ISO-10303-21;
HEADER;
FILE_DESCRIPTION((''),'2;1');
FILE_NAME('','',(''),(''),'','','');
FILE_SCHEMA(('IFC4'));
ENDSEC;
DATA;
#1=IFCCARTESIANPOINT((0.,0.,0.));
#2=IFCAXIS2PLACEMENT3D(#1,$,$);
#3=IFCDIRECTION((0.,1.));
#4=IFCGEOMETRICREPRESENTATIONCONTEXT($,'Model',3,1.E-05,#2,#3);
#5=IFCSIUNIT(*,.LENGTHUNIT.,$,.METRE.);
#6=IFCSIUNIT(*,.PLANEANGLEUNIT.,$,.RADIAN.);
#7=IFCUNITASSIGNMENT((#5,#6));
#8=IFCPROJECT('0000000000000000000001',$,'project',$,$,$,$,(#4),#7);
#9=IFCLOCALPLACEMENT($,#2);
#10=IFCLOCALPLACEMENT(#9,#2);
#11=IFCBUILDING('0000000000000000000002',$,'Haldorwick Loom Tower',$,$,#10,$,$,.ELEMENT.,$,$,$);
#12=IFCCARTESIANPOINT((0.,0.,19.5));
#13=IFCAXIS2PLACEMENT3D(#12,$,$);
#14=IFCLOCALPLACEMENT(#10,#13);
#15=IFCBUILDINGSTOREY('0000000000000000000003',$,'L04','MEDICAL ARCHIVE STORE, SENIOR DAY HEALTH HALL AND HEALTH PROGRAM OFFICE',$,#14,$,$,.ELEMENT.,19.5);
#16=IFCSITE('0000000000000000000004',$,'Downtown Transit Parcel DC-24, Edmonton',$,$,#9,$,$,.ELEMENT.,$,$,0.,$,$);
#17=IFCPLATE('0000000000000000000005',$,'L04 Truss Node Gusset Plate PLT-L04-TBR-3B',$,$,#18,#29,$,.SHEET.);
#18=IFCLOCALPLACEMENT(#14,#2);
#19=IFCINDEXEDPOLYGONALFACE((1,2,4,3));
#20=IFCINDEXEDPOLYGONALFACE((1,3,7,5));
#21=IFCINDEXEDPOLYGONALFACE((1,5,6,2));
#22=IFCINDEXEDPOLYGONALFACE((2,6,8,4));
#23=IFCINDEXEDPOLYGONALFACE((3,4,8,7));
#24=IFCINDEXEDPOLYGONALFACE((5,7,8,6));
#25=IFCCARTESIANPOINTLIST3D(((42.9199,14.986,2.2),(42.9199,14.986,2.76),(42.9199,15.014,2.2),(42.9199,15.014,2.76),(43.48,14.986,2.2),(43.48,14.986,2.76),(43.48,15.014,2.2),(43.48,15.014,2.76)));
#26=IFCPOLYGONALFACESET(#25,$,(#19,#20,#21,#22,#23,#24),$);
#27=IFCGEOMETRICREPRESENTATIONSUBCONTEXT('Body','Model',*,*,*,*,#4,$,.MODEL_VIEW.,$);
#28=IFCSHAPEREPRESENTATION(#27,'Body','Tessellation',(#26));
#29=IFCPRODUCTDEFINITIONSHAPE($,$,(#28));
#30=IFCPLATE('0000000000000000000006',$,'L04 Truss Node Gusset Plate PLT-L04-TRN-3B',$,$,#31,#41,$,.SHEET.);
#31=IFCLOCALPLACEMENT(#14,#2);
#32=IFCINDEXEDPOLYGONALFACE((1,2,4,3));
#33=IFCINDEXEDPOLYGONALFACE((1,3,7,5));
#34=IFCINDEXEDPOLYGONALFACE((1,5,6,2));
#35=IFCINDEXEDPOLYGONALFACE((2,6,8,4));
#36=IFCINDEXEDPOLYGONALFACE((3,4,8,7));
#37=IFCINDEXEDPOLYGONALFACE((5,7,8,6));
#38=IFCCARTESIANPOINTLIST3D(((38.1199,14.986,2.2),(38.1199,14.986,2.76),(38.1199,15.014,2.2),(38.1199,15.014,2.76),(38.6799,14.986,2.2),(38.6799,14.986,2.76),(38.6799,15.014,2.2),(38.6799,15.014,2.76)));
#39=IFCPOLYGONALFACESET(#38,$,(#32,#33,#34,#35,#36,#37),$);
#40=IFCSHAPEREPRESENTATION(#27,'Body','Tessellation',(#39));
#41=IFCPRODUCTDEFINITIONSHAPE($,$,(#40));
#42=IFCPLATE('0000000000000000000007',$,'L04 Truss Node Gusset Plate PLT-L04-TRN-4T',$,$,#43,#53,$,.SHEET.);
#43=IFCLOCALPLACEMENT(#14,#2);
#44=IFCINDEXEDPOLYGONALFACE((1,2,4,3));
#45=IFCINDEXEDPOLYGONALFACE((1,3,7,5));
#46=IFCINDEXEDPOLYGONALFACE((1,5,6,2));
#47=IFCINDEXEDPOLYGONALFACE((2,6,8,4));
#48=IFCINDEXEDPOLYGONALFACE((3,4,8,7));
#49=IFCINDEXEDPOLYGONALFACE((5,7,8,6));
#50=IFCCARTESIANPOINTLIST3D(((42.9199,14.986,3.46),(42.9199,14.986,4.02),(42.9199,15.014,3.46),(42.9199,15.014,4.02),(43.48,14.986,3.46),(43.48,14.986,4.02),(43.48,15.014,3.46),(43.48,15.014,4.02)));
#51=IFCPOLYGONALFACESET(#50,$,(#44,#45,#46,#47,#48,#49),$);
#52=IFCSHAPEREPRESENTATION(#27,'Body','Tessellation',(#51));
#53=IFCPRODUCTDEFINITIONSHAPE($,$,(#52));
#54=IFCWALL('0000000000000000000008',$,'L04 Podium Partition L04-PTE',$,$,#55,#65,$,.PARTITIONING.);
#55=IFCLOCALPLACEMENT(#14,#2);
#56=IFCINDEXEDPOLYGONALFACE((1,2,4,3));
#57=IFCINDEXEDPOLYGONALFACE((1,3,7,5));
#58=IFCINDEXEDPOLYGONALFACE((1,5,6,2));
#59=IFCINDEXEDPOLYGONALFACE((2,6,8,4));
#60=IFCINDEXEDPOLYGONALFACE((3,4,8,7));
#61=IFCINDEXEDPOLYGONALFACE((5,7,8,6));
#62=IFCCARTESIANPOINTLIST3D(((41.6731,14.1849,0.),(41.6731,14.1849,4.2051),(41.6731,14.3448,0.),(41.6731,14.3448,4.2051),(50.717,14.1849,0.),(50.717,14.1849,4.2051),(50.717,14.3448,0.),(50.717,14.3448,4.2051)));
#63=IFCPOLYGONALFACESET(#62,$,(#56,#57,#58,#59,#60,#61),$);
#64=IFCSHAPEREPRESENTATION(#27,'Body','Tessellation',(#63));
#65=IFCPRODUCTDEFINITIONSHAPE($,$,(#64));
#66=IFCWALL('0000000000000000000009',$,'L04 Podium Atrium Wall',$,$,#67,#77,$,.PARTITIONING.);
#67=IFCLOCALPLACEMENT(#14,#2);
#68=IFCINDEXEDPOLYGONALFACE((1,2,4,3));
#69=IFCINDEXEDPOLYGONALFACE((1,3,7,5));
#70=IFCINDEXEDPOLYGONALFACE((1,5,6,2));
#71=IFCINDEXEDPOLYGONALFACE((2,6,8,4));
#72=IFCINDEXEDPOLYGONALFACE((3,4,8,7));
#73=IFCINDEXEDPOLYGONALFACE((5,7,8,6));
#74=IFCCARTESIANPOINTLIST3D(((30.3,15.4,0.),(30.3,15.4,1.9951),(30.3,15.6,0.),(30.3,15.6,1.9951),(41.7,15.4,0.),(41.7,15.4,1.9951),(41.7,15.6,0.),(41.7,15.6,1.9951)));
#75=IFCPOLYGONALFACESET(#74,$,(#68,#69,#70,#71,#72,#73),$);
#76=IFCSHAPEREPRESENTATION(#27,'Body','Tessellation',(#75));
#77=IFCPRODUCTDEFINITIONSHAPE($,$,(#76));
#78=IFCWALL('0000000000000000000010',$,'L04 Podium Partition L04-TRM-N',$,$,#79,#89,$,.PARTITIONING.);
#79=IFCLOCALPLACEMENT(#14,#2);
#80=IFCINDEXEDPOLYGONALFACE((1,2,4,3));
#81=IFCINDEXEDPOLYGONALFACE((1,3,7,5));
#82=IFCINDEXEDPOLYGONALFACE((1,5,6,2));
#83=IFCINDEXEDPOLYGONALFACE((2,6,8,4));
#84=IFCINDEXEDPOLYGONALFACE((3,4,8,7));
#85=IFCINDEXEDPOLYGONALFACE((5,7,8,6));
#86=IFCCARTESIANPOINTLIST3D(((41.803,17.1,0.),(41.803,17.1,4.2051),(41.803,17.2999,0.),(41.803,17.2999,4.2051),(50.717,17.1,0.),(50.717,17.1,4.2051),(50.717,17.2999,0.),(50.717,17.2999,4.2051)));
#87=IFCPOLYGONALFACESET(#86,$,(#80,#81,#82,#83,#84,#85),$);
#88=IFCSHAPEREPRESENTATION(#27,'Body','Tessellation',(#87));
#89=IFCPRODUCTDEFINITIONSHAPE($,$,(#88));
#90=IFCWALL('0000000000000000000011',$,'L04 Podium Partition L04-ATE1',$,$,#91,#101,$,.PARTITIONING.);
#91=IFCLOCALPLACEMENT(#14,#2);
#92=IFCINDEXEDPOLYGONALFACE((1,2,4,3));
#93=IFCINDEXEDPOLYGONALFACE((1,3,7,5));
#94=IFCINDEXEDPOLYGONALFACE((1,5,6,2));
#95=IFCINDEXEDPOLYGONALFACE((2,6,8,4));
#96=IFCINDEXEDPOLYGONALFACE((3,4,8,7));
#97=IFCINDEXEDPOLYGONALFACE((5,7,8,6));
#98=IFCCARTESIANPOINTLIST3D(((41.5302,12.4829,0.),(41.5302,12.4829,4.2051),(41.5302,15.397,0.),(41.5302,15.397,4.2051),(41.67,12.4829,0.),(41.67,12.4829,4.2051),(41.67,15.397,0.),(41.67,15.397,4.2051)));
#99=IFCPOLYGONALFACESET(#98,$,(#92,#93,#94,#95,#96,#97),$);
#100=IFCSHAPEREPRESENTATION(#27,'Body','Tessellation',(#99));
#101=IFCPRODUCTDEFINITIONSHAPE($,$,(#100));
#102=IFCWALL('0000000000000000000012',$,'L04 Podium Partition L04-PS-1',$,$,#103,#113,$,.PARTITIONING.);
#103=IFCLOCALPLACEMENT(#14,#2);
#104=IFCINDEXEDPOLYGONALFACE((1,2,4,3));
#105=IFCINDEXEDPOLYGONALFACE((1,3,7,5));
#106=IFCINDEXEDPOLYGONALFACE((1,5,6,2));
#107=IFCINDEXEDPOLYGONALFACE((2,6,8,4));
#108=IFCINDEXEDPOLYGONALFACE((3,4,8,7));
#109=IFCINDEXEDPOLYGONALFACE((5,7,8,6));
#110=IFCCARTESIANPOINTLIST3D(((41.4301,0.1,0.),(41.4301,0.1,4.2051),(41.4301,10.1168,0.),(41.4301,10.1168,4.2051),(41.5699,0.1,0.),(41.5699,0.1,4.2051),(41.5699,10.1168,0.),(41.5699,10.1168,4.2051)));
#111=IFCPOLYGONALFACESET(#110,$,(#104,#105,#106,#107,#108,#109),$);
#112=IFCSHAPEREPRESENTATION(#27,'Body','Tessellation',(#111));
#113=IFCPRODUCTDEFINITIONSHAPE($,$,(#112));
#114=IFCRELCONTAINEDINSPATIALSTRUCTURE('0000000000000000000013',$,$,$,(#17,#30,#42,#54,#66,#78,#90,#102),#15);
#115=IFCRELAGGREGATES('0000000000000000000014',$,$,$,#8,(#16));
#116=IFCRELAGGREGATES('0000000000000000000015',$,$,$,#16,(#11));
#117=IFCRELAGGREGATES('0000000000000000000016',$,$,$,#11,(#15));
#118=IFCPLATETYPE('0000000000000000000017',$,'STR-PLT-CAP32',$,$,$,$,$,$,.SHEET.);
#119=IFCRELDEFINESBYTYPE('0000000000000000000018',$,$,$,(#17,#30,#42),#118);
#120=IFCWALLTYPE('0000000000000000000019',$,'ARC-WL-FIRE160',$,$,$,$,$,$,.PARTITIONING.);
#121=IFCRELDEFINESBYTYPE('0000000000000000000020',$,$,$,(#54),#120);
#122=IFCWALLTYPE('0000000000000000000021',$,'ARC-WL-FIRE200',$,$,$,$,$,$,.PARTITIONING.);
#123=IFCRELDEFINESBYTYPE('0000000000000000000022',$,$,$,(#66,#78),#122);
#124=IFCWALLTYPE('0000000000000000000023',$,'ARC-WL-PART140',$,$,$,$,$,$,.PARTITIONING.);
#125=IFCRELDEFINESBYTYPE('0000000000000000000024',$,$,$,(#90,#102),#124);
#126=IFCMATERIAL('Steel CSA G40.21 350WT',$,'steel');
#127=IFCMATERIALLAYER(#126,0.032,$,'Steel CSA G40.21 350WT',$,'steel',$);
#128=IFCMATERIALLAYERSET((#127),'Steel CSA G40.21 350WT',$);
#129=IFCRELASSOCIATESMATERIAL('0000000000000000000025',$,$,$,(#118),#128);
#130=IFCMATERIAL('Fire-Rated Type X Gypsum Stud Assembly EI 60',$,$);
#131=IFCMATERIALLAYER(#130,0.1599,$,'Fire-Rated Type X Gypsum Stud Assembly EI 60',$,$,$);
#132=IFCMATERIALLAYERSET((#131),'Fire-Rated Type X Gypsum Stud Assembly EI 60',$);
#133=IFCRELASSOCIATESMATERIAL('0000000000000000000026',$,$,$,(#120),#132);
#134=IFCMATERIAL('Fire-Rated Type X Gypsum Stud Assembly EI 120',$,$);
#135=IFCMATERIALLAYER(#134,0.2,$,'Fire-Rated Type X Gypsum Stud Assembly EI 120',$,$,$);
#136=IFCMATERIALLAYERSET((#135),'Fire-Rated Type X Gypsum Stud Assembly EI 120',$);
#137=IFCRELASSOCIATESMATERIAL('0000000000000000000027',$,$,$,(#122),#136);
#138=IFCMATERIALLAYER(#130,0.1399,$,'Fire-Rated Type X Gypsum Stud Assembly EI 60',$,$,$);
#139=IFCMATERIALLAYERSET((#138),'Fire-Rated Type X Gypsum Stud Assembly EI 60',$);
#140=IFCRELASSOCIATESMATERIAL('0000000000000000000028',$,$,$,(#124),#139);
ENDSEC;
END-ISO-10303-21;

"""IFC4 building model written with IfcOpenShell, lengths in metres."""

from ifc_helpers import new_model, si_unit, direction, frame, frame_2d, origin, origin_2d, place, context, subcontext, project, spatial, rectangle, extrude, material, layer, layer_set, type_object, element, save


model = new_model("IFC4")

# Units and contexts
model_context = context("Model", 3, precision=1e-05, world=origin(), true_north=direction((0.0, 1.0)))
body_context = subcontext(model_context, "Body", "Model", "MODEL_VIEW")
ifc_project = project(units=[si_unit("LENGTHUNIT", "METRE"), si_unit("PLANEANGLEUNIT", "RADIAN")], contexts=[model_context])

# Site, building, storey
site_placement = place(None, origin())
site = spatial("IfcSite", under=ifc_project, at=site_placement, Name="Downtown Transit Parcel DC-24, Edmonton", CompositionType="ELEMENT", RefElevation=0.0)
building_placement = place(site_placement, origin())
building = spatial("IfcBuilding", under=site, at=building_placement, Name="Haldorwick Loom Tower", CompositionType="ELEMENT")
storey_placement = place(building_placement, frame((0.0, 0.0, 19.5)))
storey = spatial("IfcBuildingStorey", under=building, at=storey_placement, Name="L04", Description="MEDICAL ARCHIVE STORE, SENIOR DAY HEALTH HALL AND HEALTH PROGRAM OFFICE", CompositionType="ELEMENT", Elevation=19.5)

# Shared definitions
ifc_material_1 = material(Name="Steel CSA G40.21 350WT", Category="steel")

# Plates
ifc_layer_1 = layer(ifc_material_1, 0.032, Name="Steel CSA G40.21 350WT", Category="steel")
ifc_layer_set_1 = layer_set([ifc_layer_1], Name="Steel CSA G40.21 350WT")
plate_type_1 = type_object("IfcPlateType", Name="STR-PLT-CAP32", PredefinedType="SHEET", material=ifc_layer_set_1)
for number, where, z_axis, x_axis, name in (
    (1, (43.2, 15.0, 2.2), (0.0, 0.0, 1.0), (1.0, 0.0, 0.0), "L04 Truss Node Gusset Plate PLT-L04-TBR-3B"),
    (2, (38.3999, 15.0, 2.2), (0.0, 0.0, 1.0), (1.0, 0.0, 0.0), "L04 Truss Node Gusset Plate PLT-L04-TRN-3B"),
    (3, (43.2, 15.0, 3.46), (0.0, 0.0, 1.0), (1.0, 0.0, 0.0), "L04 Truss Node Gusset Plate PLT-L04-TRN-4T"),
):
    element("IfcPlate", number, at=place(storey_placement, frame(where, z_axis=z_axis, x_axis=x_axis)), inside=storey, type_object=plate_type_1, Name=name, PredefinedType="SHEET", context=body_context, shape_type="SweptSolid", body=[
        extrude(rectangle(XDim=0.5601, YDim=0.0281, at=origin_2d()), origin(), (0.0, 0.0, 1.0), 0.5601),
    ])

# Walls
ifc_material_2 = material(Name="Fire-Rated Type X Gypsum Stud Assembly EI 60")
ifc_layer_2 = layer(ifc_material_2, 0.1599, Name="Fire-Rated Type X Gypsum Stud Assembly EI 60")
ifc_layer_set_2 = layer_set([ifc_layer_2], Name="Fire-Rated Type X Gypsum Stud Assembly EI 60")
wall_type_1 = type_object("IfcWallType", Name="ARC-WL-FIRE160", PredefinedType="PARTITIONING", material=ifc_layer_set_2)
wall_1_placement = place(storey_placement, frame((41.6731, 14.2649, 0.0), z_axis=(0.0, 0.0, 1.0), x_axis=(1.0, 0.0, 0.0)))
element("IfcWall", 4, at=wall_1_placement, inside=storey, type_object=wall_type_1, Name="L04 Podium Partition L04-PTE", PredefinedType="PARTITIONING", context=body_context, shape_type="SweptSolid", body=[
    extrude(rectangle(XDim=9.0439, YDim=0.1599, at=frame_2d((4.522, 0.0))), origin(), (0.0, 0.0, 1.0), 4.2051),
])
ifc_material_3 = material(Name="Fire-Rated Type X Gypsum Stud Assembly EI 120")
ifc_layer_3 = layer(ifc_material_3, 0.2, Name="Fire-Rated Type X Gypsum Stud Assembly EI 120")
ifc_layer_set_3 = layer_set([ifc_layer_3], Name="Fire-Rated Type X Gypsum Stud Assembly EI 120")
wall_type_2 = type_object("IfcWallType", Name="ARC-WL-FIRE200", PredefinedType="PARTITIONING", material=ifc_layer_set_3)
wall_2_placement = place(storey_placement, frame((41.7, 15.5, 0.0), z_axis=(0.0, 0.0, 1.0), x_axis=(-1.0, 0.0, 0.0)))
element("IfcWall", 5, at=wall_2_placement, inside=storey, type_object=wall_type_2, Name="L04 Podium Atrium Wall", PredefinedType="PARTITIONING", context=body_context, shape_type="SweptSolid", body=[
    extrude(rectangle(XDim=11.3999, YDim=0.2, at=frame_2d((5.7, 0.0))), origin(), (0.0, 0.0, 1.0), 1.9951),
])
wall_3_placement = place(storey_placement, frame((41.803, 17.2, 0.0), z_axis=(0.0, 0.0, 1.0), x_axis=(1.0, 0.0, 0.0)))
element("IfcWall", 6, at=wall_3_placement, inside=storey, type_object=wall_type_2, Name="L04 Podium Partition L04-TRM-N", PredefinedType="PARTITIONING", context=body_context, shape_type="SweptSolid", body=[
    extrude(rectangle(XDim=8.9141, YDim=0.2, at=frame_2d((4.457, 0.0))), origin(), (0.0, 0.0, 1.0), 4.2051),
])
ifc_layer_4 = layer(ifc_material_2, 0.1399, Name="Fire-Rated Type X Gypsum Stud Assembly EI 60")
ifc_layer_set_4 = layer_set([ifc_layer_4], Name="Fire-Rated Type X Gypsum Stud Assembly EI 60")
wall_type_3 = type_object("IfcWallType", Name="ARC-WL-PART140", PredefinedType="PARTITIONING", material=ifc_layer_set_4)
wall_4_placement = place(storey_placement, frame((41.6001, 12.4829, 0.0), z_axis=(0.0, 0.0, 1.0), x_axis=(0.0, 1.0, 0.0)))
element("IfcWall", 7, at=wall_4_placement, inside=storey, type_object=wall_type_3, Name="L04 Podium Partition L04-ATE1", PredefinedType="PARTITIONING", context=body_context, shape_type="SweptSolid", body=[
    extrude(rectangle(XDim=2.9141, YDim=0.1399, at=frame_2d((1.457, 0.0))), origin(), (0.0, 0.0, 1.0), 4.2051),
])
wall_5_placement = place(storey_placement, frame((41.5, 0.1001, 0.0), z_axis=(0.0, 0.0, 1.0), x_axis=(0.0, 1.0, 0.0)))
element("IfcWall", 8, at=wall_5_placement, inside=storey, type_object=wall_type_3, Name="L04 Podium Partition L04-PS-1", PredefinedType="PARTITIONING", context=body_context, shape_type="SweptSolid", body=[
    extrude(rectangle(XDim=10.0168, YDim=0.1399, at=frame_2d((5.0083, 0.0))), origin(), (0.0, 0.0, 1.0), 4.2051),
])

save(model, "model.ifc")
